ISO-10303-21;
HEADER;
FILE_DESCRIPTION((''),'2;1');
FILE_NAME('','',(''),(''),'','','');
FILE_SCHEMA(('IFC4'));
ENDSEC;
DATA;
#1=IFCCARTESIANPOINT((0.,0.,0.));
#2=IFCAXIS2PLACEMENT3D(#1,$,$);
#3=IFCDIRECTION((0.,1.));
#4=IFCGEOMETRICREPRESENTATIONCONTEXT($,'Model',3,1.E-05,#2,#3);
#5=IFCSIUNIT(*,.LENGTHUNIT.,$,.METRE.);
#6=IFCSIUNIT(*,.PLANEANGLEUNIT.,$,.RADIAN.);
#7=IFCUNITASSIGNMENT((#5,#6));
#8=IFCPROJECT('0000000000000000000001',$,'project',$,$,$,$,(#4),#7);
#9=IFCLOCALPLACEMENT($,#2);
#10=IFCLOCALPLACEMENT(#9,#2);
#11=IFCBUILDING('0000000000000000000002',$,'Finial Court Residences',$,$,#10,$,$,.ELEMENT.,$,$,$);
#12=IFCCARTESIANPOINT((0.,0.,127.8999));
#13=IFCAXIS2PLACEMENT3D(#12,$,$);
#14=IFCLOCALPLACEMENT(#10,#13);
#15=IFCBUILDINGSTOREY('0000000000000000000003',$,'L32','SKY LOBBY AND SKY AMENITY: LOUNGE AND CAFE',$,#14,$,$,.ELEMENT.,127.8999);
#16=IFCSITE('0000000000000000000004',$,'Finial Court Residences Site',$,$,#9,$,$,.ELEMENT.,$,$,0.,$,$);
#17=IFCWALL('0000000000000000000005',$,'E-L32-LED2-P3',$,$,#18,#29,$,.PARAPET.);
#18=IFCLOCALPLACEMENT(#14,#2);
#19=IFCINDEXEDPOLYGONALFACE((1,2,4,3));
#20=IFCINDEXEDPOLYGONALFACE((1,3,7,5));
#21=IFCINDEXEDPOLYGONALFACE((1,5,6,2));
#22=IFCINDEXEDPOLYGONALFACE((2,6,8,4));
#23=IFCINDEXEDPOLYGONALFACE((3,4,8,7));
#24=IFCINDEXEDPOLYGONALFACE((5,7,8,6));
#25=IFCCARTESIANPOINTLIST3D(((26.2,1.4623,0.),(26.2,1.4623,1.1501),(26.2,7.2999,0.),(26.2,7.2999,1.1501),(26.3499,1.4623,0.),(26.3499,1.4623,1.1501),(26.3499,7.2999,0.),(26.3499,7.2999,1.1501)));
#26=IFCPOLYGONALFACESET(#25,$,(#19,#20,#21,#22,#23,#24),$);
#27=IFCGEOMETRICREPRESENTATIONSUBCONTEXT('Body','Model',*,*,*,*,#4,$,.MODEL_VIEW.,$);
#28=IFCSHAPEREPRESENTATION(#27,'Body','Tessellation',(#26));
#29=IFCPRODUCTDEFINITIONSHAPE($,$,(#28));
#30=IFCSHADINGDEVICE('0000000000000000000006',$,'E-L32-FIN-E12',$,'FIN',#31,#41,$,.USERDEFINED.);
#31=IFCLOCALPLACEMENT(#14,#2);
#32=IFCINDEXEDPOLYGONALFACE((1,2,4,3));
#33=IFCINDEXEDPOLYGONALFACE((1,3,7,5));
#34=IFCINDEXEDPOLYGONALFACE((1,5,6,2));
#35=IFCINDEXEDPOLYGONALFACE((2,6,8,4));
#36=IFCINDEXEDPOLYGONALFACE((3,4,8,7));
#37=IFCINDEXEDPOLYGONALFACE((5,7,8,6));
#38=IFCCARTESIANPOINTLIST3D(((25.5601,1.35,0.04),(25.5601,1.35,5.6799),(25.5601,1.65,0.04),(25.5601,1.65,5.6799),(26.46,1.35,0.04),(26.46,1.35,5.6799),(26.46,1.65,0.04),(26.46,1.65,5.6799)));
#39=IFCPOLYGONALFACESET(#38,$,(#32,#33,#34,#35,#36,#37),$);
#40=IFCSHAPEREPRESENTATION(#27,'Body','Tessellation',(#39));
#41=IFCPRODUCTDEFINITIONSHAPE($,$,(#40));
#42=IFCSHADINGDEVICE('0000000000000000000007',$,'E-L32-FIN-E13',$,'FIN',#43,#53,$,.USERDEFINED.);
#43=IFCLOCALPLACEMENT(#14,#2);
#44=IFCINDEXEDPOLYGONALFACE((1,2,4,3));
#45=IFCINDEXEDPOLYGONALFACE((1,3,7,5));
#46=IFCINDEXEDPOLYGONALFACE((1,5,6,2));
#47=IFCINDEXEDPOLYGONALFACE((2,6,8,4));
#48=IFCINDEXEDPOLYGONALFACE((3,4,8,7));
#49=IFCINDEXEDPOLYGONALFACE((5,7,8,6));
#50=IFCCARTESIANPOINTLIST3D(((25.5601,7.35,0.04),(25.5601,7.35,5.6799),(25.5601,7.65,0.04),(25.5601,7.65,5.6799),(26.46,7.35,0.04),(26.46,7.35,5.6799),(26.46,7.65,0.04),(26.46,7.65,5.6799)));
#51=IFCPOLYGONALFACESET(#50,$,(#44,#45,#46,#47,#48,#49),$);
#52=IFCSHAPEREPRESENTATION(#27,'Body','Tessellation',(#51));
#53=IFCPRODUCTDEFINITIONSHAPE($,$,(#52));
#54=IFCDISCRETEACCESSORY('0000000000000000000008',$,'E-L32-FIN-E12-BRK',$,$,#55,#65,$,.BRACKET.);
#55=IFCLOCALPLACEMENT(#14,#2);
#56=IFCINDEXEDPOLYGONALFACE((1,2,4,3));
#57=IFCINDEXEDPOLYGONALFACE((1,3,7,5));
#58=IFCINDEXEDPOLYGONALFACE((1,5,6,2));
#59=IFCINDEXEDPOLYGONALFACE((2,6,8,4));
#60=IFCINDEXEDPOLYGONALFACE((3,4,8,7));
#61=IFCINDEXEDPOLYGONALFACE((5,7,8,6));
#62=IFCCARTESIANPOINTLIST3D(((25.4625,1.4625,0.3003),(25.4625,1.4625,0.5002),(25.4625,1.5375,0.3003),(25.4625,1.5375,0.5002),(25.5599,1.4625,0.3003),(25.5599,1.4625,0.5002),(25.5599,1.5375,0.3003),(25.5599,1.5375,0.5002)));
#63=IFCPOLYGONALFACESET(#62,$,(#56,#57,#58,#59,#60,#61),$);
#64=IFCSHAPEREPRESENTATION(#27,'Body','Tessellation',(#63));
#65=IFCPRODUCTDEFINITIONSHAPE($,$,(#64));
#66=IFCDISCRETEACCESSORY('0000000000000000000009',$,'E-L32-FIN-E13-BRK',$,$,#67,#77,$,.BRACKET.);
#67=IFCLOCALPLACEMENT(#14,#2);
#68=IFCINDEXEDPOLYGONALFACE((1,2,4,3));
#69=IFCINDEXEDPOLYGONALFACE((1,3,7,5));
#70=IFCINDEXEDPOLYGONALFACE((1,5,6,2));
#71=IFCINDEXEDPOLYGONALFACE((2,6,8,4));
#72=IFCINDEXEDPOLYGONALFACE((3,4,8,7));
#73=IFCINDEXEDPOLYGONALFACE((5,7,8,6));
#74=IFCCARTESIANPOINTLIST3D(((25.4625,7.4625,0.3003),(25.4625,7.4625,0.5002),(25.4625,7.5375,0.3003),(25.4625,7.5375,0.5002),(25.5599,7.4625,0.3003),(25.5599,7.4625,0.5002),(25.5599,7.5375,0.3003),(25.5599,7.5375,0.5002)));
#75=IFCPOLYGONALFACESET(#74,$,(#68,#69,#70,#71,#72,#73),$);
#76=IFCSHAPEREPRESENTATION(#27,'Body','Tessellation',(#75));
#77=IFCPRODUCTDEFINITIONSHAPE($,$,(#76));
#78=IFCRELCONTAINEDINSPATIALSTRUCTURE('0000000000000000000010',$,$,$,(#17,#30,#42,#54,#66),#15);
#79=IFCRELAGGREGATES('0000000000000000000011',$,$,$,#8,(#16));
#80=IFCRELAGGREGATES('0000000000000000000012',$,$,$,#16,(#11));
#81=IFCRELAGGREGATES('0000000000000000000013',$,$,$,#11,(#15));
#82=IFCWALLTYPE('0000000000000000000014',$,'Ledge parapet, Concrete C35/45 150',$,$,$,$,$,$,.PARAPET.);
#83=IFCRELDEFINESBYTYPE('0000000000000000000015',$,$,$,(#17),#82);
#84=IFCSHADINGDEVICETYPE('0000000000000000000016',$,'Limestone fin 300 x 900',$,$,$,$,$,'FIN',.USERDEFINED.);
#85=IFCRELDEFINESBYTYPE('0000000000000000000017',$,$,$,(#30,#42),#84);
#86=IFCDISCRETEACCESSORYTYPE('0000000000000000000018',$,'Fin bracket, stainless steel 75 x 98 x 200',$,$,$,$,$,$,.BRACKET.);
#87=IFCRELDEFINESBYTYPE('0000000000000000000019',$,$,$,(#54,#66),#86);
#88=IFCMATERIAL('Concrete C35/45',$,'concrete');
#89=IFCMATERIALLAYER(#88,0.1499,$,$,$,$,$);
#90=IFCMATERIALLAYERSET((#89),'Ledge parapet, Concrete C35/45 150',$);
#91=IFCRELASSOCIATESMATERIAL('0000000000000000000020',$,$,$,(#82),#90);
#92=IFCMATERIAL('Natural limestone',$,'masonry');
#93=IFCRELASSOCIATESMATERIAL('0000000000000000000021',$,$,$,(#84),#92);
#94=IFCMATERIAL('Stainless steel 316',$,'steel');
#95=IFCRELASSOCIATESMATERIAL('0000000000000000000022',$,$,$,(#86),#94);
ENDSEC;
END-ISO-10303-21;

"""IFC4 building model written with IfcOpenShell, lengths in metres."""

from ifc_helpers import new_model, si_unit, direction, frame, frame_2d, origin, origin_2d, place, context, subcontext, project, spatial, rectangle, extrude, material, layer, layer_set, type_object, element, save


model = new_model("IFC4")

# Units and contexts
model_context = context("Model", 3, precision=1e-05, world=origin(), true_north=direction((0.0, 1.0)))
body_context = subcontext(model_context, "Body", "Model", "MODEL_VIEW")
ifc_project = project(units=[si_unit("LENGTHUNIT", "METRE"), si_unit("PLANEANGLEUNIT", "RADIAN")], contexts=[model_context])

# Site, building, storey
site_placement = place(None, origin())
site = spatial("IfcSite", under=ifc_project, at=site_placement, Name="Finial Court Residences Site", CompositionType="ELEMENT", RefElevation=0.0)
building_placement = place(site_placement, origin())
building = spatial("IfcBuilding", under=site, at=building_placement, Name="Finial Court Residences", CompositionType="ELEMENT")
storey_placement = place(building_placement, frame((0.0, 0.0, 127.8999)))
storey = spatial("IfcBuildingStorey", under=building, at=storey_placement, Name="L32", Description="SKY LOBBY AND SKY AMENITY: LOUNGE AND CAFE", CompositionType="ELEMENT", Elevation=127.8999)

# Wall
ifc_material_1 = material(Name="Concrete C35/45", Category="concrete")
ifc_layer_1 = layer(ifc_material_1, 0.1499)
ifc_layer_set_1 = layer_set([ifc_layer_1], Name="Ledge parapet, Concrete C35/45 150")
wall_type = type_object("IfcWallType", Name="Ledge parapet, Concrete C35/45 150", PredefinedType="PARAPET", material=ifc_layer_set_1)
wall_1_placement = place(storey_placement, frame((26.2749, 7.3, 0.0), z_axis=(0.0, 0.0, 1.0), x_axis=(0.0, -1.0, 0.0)))
element("IfcWall", 1, at=wall_1_placement, inside=storey, type_object=wall_type, Name="E-L32-LED2-P3", PredefinedType="PARAPET", context=body_context, shape_type="SweptSolid", body=[
    extrude(rectangle(XDim=5.8376, YDim=0.1499, at=frame_2d((2.9189, 0.0))), origin(), (0.0, 0.0, 1.0), 1.1501),
])

# Shading devices
ifc_material_2 = material(Name="Natural limestone", Category="masonry")
shading_device_type = type_object("IfcShadingDeviceType", Name="Limestone fin 300 x 900", ElementType="FIN", PredefinedType="USERDEFINED", material=ifc_material_2)
for number, where, z_axis, x_axis, name in (
    (2, (26.01, 1.5, 0.04), (0.0, 0.0, 1.0), (1.0, 0.0, 0.0), "E-L32-FIN-E12"),
    (3, (26.01, 7.5, 0.04), (0.0, 0.0, 1.0), (1.0, 0.0, 0.0), "E-L32-FIN-E13"),
):
    element("IfcShadingDevice", number, at=place(storey_placement, frame(where, z_axis=z_axis, x_axis=x_axis)), inside=storey, type_object=shading_device_type, Name=name, ObjectType="FIN", PredefinedType="USERDEFINED", context=body_context, shape_type="SweptSolid", body=[
        extrude(rectangle(XDim=0.8999, YDim=0.3, at=origin_2d()), origin(), (0.0, 0.0, 1.0), 5.6399),
    ])

# Discrete accessories
ifc_material_3 = material(Name="Stainless steel 316", Category="steel")
discrete_accessory_type = type_object("IfcDiscreteAccessoryType", Name="Fin bracket, stainless steel 75 x 98 x 200", PredefinedType="BRACKET", material=ifc_material_3)
for number, where, z_axis, x_axis, name in (
    (4, (25.5112, 1.5, 0.3003), (0.0, 0.0, 1.0), (1.0, 0.0, 0.0), "E-L32-FIN-E12-BRK"),
    (5, (25.5112, 7.5, 0.3003), (0.0, 0.0, 1.0), (1.0, 0.0, 0.0), "E-L32-FIN-E13-BRK"),
):
    element("IfcDiscreteAccessory", number, at=place(storey_placement, frame(where, z_axis=z_axis, x_axis=x_axis)), inside=storey, type_object=discrete_accessory_type, Name=name, PredefinedType="BRACKET", context=body_context, shape_type="SweptSolid", body=[
        extrude(rectangle(XDim=0.0974, YDim=0.075, at=origin_2d()), origin(), (0.0, 0.0, 1.0), 0.2),
    ])

save(model, "model.ifc")
